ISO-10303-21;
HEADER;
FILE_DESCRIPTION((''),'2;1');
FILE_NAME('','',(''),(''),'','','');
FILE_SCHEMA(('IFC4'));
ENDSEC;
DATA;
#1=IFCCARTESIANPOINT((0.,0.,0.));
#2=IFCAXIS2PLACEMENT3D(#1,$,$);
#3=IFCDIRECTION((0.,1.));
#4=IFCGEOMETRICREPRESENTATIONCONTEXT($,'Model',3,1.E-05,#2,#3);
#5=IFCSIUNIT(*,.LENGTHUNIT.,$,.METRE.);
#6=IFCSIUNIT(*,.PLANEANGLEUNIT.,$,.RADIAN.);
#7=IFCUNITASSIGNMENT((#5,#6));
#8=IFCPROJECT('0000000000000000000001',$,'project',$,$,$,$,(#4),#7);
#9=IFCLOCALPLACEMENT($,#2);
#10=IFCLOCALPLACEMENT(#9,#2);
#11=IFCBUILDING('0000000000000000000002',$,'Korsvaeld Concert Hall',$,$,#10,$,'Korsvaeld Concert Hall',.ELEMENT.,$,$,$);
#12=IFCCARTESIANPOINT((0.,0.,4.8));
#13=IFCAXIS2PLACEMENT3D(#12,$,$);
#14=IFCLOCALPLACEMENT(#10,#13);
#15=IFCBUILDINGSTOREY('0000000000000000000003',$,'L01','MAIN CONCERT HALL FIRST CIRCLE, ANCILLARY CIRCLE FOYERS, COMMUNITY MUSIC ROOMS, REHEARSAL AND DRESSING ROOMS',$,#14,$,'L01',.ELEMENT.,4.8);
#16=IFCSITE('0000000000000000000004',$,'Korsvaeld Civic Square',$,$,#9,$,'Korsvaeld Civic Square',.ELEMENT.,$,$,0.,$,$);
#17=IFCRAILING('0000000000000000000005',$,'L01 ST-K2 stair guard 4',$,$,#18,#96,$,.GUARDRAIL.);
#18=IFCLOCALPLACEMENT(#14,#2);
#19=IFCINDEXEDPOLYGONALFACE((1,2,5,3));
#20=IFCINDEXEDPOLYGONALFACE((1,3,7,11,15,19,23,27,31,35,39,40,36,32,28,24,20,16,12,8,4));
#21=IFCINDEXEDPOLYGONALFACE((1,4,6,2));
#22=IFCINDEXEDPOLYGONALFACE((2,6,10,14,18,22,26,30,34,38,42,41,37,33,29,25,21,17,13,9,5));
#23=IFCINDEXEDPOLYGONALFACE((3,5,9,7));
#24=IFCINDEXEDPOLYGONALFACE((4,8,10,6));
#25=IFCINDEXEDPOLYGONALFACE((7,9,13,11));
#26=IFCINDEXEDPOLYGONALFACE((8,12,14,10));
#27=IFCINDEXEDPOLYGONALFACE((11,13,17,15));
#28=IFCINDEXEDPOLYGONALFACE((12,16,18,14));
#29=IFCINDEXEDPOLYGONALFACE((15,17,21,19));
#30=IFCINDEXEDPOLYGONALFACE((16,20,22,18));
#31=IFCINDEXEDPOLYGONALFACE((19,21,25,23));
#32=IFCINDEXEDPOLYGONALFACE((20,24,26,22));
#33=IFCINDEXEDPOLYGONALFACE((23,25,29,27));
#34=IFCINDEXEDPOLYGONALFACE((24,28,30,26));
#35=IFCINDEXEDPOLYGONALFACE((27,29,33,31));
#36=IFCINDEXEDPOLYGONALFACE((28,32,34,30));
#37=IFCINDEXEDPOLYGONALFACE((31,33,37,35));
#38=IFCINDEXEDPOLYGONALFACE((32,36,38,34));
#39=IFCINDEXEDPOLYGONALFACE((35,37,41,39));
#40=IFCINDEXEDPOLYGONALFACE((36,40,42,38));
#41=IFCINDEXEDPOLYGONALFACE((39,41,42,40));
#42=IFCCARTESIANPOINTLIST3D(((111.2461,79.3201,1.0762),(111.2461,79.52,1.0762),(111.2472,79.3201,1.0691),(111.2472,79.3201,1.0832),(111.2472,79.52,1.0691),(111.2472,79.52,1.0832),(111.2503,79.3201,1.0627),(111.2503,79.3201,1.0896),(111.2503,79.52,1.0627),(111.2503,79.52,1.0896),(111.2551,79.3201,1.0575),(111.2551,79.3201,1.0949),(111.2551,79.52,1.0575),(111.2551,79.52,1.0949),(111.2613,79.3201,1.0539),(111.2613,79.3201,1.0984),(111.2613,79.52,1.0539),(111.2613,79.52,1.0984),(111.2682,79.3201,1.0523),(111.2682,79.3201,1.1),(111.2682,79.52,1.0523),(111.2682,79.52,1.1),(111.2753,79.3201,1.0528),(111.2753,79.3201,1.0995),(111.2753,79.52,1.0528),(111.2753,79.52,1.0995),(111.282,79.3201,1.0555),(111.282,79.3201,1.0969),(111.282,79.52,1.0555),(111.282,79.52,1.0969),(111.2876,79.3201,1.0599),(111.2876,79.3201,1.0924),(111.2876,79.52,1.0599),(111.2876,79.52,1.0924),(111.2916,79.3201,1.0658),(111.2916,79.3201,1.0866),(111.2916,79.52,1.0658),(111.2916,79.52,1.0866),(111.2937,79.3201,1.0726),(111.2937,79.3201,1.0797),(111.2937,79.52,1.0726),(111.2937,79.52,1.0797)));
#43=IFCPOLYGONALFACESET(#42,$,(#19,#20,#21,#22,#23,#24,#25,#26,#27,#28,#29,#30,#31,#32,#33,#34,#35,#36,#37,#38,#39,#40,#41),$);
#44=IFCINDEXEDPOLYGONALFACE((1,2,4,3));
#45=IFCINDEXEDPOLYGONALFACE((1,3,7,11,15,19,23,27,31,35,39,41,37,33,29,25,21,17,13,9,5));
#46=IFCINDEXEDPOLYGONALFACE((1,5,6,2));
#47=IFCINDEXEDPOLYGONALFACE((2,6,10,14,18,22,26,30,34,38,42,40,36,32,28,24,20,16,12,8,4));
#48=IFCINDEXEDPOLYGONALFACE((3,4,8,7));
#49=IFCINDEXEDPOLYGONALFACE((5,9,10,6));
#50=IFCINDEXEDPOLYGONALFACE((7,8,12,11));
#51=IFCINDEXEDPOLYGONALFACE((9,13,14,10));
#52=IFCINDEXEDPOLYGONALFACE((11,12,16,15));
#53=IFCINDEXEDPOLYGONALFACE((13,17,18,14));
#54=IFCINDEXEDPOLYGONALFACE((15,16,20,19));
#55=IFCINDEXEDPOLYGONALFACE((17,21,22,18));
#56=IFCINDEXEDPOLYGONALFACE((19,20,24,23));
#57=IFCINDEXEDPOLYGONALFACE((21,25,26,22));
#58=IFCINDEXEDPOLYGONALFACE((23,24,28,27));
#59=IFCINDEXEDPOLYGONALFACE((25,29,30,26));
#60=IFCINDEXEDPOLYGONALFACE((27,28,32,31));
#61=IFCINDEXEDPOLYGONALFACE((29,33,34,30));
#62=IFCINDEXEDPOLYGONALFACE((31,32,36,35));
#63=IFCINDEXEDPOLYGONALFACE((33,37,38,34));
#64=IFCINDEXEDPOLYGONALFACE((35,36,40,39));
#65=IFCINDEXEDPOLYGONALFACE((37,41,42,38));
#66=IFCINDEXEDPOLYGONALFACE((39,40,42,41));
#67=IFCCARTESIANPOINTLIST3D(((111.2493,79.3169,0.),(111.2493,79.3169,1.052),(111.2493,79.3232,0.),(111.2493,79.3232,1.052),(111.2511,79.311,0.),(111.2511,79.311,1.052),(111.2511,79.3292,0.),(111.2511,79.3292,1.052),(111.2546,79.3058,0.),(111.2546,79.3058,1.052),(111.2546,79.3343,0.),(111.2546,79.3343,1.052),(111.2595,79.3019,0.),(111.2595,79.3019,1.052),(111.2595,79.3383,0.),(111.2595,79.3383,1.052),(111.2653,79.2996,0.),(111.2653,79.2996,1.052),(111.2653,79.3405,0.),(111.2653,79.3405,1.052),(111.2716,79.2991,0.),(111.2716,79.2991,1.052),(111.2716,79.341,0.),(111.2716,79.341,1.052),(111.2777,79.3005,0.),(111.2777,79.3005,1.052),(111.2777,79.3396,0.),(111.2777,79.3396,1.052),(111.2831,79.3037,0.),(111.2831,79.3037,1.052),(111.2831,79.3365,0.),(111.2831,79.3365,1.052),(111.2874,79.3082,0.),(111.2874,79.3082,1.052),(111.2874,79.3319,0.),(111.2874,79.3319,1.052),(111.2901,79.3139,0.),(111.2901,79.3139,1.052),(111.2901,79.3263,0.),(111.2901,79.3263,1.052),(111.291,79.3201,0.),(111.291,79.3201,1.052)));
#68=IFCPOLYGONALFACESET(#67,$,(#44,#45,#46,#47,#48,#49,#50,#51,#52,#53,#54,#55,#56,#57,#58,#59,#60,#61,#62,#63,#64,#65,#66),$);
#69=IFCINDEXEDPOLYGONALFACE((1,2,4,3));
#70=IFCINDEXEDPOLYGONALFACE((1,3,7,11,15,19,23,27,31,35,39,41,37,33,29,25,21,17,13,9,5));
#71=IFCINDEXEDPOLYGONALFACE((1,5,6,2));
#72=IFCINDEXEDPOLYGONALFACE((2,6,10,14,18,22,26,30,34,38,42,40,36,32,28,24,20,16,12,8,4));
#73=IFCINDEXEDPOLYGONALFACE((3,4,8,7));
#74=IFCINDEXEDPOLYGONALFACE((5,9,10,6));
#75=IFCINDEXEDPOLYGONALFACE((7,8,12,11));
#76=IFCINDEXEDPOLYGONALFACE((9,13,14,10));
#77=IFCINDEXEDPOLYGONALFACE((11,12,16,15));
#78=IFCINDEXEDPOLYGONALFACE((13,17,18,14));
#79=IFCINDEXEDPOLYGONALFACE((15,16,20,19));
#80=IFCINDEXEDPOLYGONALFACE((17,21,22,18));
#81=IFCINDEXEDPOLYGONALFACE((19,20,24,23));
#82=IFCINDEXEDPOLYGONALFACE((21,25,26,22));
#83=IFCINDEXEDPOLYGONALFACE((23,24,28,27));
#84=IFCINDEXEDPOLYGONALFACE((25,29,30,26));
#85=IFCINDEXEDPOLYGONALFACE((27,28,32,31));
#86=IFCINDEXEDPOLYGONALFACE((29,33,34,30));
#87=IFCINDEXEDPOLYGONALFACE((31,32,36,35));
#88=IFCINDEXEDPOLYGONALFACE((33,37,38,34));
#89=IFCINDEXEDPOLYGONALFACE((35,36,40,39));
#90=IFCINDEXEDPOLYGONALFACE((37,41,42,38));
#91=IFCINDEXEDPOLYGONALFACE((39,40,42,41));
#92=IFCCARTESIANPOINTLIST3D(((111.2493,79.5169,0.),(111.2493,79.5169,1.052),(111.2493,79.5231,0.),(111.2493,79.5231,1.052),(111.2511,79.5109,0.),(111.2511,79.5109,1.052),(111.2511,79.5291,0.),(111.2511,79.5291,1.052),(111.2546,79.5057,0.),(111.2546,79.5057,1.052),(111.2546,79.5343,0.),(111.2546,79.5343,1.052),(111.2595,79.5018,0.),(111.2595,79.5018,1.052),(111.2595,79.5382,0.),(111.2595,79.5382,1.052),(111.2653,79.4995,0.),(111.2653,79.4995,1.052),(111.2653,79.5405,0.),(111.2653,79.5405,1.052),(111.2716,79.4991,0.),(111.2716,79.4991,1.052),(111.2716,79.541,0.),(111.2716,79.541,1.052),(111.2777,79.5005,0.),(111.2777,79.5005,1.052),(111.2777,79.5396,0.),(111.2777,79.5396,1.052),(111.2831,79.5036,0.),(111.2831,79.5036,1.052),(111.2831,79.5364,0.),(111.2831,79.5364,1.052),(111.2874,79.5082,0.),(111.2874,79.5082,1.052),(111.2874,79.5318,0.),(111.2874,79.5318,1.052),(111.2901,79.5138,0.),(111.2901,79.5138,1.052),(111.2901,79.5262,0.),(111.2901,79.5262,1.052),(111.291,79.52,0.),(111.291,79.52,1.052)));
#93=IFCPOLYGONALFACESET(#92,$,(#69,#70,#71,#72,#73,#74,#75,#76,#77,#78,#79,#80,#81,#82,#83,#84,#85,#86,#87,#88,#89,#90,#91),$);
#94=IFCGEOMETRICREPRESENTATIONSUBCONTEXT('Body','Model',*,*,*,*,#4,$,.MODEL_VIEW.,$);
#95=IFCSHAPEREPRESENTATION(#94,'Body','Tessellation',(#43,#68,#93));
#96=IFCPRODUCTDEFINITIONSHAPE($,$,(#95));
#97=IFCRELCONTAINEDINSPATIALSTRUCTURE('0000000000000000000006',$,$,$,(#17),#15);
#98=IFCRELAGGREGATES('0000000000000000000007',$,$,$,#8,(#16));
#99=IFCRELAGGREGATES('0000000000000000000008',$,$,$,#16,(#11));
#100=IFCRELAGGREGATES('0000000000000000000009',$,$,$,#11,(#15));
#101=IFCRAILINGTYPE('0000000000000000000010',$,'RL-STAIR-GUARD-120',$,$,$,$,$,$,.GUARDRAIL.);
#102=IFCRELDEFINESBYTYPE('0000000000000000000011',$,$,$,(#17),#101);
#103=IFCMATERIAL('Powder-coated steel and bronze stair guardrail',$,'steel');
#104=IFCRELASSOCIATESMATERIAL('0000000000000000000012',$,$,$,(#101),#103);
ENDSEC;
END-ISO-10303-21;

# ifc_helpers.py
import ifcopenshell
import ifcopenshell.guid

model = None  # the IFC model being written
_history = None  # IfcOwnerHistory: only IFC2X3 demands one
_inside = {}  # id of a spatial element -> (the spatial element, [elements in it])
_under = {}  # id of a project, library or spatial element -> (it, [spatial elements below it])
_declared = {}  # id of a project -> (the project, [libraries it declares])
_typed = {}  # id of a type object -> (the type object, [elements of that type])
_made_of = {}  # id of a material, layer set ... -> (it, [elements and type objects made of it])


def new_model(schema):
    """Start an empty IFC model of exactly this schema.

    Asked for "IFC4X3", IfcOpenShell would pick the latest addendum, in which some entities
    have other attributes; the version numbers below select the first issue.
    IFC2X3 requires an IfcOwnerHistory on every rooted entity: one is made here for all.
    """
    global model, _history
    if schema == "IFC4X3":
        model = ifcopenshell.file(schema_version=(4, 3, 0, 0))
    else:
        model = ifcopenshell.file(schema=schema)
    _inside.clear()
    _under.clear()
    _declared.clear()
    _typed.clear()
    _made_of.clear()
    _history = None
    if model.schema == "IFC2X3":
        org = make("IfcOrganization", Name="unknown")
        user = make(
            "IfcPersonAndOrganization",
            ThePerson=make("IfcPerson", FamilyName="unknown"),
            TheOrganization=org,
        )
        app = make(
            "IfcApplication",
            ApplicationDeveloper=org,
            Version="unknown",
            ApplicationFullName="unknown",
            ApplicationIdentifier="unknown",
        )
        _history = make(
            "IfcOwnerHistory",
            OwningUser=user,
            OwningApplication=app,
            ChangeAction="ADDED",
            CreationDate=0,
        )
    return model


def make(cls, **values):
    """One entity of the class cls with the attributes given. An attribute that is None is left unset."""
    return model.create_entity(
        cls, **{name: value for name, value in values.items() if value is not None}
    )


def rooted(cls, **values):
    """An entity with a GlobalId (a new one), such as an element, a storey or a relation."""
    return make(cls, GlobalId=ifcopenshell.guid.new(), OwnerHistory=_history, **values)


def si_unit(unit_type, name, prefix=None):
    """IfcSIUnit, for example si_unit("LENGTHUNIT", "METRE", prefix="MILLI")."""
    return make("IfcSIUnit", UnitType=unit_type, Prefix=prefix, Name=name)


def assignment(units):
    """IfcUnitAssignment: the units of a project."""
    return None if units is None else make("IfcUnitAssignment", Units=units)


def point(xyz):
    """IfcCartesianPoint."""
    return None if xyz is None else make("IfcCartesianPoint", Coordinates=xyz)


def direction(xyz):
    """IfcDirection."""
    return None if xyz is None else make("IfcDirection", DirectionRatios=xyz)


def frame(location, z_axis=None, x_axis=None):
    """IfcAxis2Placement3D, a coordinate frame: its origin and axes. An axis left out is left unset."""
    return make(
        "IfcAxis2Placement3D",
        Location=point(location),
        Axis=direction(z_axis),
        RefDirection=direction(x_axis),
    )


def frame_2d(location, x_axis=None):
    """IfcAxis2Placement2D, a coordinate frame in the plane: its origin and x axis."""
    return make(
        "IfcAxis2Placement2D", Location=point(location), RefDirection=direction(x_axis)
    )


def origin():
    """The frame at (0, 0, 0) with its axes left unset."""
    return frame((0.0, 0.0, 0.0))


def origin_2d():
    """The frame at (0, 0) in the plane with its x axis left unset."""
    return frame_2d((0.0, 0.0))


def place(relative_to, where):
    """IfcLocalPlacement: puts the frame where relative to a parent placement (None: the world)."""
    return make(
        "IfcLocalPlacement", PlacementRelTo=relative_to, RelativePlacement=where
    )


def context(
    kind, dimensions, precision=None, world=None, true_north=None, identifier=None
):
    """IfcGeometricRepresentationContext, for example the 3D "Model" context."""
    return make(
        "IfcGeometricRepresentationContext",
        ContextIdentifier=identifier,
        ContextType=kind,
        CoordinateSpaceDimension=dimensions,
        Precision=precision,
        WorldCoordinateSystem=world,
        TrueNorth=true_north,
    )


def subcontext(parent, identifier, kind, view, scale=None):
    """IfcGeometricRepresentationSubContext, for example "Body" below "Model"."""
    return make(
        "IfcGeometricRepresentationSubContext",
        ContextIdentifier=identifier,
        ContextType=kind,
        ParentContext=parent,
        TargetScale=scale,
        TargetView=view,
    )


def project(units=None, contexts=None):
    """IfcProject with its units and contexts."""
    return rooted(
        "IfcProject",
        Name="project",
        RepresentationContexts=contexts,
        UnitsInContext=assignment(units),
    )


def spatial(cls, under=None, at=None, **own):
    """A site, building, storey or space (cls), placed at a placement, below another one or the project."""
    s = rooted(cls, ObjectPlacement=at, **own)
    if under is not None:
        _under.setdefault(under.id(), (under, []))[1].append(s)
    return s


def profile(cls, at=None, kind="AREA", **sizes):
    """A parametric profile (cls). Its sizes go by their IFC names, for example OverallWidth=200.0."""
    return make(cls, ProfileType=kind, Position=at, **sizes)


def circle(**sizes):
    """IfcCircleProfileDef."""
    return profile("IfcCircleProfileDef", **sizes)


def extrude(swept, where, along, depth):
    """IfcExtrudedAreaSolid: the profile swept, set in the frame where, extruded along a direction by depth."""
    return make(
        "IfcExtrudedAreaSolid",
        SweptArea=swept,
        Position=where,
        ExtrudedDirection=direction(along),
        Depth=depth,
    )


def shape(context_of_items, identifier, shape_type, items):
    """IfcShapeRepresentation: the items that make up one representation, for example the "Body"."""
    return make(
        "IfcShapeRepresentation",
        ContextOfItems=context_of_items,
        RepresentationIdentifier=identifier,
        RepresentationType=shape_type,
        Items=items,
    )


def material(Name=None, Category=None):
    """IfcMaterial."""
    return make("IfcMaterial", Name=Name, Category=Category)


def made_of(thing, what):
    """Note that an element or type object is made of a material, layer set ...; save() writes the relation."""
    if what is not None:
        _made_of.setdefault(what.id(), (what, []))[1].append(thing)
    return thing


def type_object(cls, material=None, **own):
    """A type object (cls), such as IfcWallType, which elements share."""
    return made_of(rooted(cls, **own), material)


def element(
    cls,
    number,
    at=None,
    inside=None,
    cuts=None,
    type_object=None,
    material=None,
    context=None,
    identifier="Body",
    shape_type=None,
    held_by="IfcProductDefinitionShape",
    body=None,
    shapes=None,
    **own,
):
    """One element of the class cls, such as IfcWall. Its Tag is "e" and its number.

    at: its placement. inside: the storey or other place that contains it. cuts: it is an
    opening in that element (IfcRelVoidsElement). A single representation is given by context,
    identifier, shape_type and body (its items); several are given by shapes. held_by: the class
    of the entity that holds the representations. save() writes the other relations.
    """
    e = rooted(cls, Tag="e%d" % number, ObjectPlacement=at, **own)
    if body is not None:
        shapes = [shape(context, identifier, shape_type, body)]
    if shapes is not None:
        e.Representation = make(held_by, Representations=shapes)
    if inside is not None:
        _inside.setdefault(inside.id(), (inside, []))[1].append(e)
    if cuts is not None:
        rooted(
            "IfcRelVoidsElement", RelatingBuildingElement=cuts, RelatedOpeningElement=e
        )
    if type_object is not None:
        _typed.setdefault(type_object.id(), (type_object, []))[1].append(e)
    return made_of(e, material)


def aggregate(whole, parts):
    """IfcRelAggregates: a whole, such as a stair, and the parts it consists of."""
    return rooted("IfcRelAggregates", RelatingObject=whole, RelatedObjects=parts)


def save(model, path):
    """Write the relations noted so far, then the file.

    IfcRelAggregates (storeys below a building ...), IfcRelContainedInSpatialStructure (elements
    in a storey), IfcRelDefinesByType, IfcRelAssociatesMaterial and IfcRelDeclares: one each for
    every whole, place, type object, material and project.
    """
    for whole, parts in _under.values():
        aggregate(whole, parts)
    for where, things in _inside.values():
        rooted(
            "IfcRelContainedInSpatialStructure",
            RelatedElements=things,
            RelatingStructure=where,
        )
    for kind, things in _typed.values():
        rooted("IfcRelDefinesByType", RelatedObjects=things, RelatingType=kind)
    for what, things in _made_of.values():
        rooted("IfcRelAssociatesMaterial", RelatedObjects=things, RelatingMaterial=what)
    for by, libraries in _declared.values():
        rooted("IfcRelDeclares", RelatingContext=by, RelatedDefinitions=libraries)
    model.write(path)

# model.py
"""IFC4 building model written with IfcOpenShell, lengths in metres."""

from ifc_helpers import new_model, si_unit, direction, frame, origin, origin_2d, place, context, subcontext, project, spatial, circle, extrude, material, type_object, element, save


model = new_model("IFC4")

# Units and contexts
model_context = context("Model", 3, precision=1e-05, world=origin(), true_north=direction((0.0, 1.0)))
body_context = subcontext(model_context, "Body", "Model", "MODEL_VIEW")
ifc_project = project(units=[si_unit("LENGTHUNIT", "METRE"), si_unit("PLANEANGLEUNIT", "RADIAN")], contexts=[model_context])

# Site, building, storey
site_placement = place(None, origin())
site = spatial("IfcSite", under=ifc_project, at=site_placement, Name="Korsvaeld Civic Square", LongName="Korsvaeld Civic Square", CompositionType="ELEMENT", RefElevation=0.0)
building_placement = place(site_placement, origin())
building = spatial("IfcBuilding", under=site, at=building_placement, Name="Korsvaeld Concert Hall", LongName="Korsvaeld Concert Hall", CompositionType="ELEMENT")
storey_placement = place(building_placement, frame((0.0, 0.0, 4.8)))
storey = spatial("IfcBuildingStorey", under=building, at=storey_placement, Name="L01", Description="MAIN CONCERT HALL FIRST CIRCLE, ANCILLARY CIRCLE FOYERS, COMMUNITY MUSIC ROOMS, REHEARSAL AND DRESSING ROOMS", LongName="L01", CompositionType="ELEMENT", Elevation=4.8)

# Railing
ifc_material_1 = material(Name="Powder-coated steel and bronze stair guardrail", Category="steel")
railing_type_1 = type_object("IfcRailingType", Name="RL-STAIR-GUARD-120", PredefinedType="GUARDRAIL", material=ifc_material_1)
railing_1_placement = place(storey_placement, frame((111.27, 79.3201, 0.0)))
element("IfcRailing", 1, at=railing_1_placement, inside=storey, type_object=railing_type_1, Name="L01 ST-K2 stair guard 4", PredefinedType="GUARDRAIL", context=body_context, shape_type="SweptSolid", body=[
    extrude(circle(Radius=0.0239, at=origin_2d()), frame((0.0, 0.0, 1.0762), z_axis=(0.0, 1.0, 0.0), x_axis=(-1.0, 0.0, 0.0)), (0.0, 0.0, 1.0), 0.2),
    extrude(circle(Radius=0.021, at=origin_2d()), origin(), (0.0, 0.0, 1.0), 1.052),
    extrude(circle(Radius=0.021, at=origin_2d()), frame((0.0, 0.2, 0.0)), (0.0, 0.0, 1.0), 1.052),
])

save(model, "model.ifc")
